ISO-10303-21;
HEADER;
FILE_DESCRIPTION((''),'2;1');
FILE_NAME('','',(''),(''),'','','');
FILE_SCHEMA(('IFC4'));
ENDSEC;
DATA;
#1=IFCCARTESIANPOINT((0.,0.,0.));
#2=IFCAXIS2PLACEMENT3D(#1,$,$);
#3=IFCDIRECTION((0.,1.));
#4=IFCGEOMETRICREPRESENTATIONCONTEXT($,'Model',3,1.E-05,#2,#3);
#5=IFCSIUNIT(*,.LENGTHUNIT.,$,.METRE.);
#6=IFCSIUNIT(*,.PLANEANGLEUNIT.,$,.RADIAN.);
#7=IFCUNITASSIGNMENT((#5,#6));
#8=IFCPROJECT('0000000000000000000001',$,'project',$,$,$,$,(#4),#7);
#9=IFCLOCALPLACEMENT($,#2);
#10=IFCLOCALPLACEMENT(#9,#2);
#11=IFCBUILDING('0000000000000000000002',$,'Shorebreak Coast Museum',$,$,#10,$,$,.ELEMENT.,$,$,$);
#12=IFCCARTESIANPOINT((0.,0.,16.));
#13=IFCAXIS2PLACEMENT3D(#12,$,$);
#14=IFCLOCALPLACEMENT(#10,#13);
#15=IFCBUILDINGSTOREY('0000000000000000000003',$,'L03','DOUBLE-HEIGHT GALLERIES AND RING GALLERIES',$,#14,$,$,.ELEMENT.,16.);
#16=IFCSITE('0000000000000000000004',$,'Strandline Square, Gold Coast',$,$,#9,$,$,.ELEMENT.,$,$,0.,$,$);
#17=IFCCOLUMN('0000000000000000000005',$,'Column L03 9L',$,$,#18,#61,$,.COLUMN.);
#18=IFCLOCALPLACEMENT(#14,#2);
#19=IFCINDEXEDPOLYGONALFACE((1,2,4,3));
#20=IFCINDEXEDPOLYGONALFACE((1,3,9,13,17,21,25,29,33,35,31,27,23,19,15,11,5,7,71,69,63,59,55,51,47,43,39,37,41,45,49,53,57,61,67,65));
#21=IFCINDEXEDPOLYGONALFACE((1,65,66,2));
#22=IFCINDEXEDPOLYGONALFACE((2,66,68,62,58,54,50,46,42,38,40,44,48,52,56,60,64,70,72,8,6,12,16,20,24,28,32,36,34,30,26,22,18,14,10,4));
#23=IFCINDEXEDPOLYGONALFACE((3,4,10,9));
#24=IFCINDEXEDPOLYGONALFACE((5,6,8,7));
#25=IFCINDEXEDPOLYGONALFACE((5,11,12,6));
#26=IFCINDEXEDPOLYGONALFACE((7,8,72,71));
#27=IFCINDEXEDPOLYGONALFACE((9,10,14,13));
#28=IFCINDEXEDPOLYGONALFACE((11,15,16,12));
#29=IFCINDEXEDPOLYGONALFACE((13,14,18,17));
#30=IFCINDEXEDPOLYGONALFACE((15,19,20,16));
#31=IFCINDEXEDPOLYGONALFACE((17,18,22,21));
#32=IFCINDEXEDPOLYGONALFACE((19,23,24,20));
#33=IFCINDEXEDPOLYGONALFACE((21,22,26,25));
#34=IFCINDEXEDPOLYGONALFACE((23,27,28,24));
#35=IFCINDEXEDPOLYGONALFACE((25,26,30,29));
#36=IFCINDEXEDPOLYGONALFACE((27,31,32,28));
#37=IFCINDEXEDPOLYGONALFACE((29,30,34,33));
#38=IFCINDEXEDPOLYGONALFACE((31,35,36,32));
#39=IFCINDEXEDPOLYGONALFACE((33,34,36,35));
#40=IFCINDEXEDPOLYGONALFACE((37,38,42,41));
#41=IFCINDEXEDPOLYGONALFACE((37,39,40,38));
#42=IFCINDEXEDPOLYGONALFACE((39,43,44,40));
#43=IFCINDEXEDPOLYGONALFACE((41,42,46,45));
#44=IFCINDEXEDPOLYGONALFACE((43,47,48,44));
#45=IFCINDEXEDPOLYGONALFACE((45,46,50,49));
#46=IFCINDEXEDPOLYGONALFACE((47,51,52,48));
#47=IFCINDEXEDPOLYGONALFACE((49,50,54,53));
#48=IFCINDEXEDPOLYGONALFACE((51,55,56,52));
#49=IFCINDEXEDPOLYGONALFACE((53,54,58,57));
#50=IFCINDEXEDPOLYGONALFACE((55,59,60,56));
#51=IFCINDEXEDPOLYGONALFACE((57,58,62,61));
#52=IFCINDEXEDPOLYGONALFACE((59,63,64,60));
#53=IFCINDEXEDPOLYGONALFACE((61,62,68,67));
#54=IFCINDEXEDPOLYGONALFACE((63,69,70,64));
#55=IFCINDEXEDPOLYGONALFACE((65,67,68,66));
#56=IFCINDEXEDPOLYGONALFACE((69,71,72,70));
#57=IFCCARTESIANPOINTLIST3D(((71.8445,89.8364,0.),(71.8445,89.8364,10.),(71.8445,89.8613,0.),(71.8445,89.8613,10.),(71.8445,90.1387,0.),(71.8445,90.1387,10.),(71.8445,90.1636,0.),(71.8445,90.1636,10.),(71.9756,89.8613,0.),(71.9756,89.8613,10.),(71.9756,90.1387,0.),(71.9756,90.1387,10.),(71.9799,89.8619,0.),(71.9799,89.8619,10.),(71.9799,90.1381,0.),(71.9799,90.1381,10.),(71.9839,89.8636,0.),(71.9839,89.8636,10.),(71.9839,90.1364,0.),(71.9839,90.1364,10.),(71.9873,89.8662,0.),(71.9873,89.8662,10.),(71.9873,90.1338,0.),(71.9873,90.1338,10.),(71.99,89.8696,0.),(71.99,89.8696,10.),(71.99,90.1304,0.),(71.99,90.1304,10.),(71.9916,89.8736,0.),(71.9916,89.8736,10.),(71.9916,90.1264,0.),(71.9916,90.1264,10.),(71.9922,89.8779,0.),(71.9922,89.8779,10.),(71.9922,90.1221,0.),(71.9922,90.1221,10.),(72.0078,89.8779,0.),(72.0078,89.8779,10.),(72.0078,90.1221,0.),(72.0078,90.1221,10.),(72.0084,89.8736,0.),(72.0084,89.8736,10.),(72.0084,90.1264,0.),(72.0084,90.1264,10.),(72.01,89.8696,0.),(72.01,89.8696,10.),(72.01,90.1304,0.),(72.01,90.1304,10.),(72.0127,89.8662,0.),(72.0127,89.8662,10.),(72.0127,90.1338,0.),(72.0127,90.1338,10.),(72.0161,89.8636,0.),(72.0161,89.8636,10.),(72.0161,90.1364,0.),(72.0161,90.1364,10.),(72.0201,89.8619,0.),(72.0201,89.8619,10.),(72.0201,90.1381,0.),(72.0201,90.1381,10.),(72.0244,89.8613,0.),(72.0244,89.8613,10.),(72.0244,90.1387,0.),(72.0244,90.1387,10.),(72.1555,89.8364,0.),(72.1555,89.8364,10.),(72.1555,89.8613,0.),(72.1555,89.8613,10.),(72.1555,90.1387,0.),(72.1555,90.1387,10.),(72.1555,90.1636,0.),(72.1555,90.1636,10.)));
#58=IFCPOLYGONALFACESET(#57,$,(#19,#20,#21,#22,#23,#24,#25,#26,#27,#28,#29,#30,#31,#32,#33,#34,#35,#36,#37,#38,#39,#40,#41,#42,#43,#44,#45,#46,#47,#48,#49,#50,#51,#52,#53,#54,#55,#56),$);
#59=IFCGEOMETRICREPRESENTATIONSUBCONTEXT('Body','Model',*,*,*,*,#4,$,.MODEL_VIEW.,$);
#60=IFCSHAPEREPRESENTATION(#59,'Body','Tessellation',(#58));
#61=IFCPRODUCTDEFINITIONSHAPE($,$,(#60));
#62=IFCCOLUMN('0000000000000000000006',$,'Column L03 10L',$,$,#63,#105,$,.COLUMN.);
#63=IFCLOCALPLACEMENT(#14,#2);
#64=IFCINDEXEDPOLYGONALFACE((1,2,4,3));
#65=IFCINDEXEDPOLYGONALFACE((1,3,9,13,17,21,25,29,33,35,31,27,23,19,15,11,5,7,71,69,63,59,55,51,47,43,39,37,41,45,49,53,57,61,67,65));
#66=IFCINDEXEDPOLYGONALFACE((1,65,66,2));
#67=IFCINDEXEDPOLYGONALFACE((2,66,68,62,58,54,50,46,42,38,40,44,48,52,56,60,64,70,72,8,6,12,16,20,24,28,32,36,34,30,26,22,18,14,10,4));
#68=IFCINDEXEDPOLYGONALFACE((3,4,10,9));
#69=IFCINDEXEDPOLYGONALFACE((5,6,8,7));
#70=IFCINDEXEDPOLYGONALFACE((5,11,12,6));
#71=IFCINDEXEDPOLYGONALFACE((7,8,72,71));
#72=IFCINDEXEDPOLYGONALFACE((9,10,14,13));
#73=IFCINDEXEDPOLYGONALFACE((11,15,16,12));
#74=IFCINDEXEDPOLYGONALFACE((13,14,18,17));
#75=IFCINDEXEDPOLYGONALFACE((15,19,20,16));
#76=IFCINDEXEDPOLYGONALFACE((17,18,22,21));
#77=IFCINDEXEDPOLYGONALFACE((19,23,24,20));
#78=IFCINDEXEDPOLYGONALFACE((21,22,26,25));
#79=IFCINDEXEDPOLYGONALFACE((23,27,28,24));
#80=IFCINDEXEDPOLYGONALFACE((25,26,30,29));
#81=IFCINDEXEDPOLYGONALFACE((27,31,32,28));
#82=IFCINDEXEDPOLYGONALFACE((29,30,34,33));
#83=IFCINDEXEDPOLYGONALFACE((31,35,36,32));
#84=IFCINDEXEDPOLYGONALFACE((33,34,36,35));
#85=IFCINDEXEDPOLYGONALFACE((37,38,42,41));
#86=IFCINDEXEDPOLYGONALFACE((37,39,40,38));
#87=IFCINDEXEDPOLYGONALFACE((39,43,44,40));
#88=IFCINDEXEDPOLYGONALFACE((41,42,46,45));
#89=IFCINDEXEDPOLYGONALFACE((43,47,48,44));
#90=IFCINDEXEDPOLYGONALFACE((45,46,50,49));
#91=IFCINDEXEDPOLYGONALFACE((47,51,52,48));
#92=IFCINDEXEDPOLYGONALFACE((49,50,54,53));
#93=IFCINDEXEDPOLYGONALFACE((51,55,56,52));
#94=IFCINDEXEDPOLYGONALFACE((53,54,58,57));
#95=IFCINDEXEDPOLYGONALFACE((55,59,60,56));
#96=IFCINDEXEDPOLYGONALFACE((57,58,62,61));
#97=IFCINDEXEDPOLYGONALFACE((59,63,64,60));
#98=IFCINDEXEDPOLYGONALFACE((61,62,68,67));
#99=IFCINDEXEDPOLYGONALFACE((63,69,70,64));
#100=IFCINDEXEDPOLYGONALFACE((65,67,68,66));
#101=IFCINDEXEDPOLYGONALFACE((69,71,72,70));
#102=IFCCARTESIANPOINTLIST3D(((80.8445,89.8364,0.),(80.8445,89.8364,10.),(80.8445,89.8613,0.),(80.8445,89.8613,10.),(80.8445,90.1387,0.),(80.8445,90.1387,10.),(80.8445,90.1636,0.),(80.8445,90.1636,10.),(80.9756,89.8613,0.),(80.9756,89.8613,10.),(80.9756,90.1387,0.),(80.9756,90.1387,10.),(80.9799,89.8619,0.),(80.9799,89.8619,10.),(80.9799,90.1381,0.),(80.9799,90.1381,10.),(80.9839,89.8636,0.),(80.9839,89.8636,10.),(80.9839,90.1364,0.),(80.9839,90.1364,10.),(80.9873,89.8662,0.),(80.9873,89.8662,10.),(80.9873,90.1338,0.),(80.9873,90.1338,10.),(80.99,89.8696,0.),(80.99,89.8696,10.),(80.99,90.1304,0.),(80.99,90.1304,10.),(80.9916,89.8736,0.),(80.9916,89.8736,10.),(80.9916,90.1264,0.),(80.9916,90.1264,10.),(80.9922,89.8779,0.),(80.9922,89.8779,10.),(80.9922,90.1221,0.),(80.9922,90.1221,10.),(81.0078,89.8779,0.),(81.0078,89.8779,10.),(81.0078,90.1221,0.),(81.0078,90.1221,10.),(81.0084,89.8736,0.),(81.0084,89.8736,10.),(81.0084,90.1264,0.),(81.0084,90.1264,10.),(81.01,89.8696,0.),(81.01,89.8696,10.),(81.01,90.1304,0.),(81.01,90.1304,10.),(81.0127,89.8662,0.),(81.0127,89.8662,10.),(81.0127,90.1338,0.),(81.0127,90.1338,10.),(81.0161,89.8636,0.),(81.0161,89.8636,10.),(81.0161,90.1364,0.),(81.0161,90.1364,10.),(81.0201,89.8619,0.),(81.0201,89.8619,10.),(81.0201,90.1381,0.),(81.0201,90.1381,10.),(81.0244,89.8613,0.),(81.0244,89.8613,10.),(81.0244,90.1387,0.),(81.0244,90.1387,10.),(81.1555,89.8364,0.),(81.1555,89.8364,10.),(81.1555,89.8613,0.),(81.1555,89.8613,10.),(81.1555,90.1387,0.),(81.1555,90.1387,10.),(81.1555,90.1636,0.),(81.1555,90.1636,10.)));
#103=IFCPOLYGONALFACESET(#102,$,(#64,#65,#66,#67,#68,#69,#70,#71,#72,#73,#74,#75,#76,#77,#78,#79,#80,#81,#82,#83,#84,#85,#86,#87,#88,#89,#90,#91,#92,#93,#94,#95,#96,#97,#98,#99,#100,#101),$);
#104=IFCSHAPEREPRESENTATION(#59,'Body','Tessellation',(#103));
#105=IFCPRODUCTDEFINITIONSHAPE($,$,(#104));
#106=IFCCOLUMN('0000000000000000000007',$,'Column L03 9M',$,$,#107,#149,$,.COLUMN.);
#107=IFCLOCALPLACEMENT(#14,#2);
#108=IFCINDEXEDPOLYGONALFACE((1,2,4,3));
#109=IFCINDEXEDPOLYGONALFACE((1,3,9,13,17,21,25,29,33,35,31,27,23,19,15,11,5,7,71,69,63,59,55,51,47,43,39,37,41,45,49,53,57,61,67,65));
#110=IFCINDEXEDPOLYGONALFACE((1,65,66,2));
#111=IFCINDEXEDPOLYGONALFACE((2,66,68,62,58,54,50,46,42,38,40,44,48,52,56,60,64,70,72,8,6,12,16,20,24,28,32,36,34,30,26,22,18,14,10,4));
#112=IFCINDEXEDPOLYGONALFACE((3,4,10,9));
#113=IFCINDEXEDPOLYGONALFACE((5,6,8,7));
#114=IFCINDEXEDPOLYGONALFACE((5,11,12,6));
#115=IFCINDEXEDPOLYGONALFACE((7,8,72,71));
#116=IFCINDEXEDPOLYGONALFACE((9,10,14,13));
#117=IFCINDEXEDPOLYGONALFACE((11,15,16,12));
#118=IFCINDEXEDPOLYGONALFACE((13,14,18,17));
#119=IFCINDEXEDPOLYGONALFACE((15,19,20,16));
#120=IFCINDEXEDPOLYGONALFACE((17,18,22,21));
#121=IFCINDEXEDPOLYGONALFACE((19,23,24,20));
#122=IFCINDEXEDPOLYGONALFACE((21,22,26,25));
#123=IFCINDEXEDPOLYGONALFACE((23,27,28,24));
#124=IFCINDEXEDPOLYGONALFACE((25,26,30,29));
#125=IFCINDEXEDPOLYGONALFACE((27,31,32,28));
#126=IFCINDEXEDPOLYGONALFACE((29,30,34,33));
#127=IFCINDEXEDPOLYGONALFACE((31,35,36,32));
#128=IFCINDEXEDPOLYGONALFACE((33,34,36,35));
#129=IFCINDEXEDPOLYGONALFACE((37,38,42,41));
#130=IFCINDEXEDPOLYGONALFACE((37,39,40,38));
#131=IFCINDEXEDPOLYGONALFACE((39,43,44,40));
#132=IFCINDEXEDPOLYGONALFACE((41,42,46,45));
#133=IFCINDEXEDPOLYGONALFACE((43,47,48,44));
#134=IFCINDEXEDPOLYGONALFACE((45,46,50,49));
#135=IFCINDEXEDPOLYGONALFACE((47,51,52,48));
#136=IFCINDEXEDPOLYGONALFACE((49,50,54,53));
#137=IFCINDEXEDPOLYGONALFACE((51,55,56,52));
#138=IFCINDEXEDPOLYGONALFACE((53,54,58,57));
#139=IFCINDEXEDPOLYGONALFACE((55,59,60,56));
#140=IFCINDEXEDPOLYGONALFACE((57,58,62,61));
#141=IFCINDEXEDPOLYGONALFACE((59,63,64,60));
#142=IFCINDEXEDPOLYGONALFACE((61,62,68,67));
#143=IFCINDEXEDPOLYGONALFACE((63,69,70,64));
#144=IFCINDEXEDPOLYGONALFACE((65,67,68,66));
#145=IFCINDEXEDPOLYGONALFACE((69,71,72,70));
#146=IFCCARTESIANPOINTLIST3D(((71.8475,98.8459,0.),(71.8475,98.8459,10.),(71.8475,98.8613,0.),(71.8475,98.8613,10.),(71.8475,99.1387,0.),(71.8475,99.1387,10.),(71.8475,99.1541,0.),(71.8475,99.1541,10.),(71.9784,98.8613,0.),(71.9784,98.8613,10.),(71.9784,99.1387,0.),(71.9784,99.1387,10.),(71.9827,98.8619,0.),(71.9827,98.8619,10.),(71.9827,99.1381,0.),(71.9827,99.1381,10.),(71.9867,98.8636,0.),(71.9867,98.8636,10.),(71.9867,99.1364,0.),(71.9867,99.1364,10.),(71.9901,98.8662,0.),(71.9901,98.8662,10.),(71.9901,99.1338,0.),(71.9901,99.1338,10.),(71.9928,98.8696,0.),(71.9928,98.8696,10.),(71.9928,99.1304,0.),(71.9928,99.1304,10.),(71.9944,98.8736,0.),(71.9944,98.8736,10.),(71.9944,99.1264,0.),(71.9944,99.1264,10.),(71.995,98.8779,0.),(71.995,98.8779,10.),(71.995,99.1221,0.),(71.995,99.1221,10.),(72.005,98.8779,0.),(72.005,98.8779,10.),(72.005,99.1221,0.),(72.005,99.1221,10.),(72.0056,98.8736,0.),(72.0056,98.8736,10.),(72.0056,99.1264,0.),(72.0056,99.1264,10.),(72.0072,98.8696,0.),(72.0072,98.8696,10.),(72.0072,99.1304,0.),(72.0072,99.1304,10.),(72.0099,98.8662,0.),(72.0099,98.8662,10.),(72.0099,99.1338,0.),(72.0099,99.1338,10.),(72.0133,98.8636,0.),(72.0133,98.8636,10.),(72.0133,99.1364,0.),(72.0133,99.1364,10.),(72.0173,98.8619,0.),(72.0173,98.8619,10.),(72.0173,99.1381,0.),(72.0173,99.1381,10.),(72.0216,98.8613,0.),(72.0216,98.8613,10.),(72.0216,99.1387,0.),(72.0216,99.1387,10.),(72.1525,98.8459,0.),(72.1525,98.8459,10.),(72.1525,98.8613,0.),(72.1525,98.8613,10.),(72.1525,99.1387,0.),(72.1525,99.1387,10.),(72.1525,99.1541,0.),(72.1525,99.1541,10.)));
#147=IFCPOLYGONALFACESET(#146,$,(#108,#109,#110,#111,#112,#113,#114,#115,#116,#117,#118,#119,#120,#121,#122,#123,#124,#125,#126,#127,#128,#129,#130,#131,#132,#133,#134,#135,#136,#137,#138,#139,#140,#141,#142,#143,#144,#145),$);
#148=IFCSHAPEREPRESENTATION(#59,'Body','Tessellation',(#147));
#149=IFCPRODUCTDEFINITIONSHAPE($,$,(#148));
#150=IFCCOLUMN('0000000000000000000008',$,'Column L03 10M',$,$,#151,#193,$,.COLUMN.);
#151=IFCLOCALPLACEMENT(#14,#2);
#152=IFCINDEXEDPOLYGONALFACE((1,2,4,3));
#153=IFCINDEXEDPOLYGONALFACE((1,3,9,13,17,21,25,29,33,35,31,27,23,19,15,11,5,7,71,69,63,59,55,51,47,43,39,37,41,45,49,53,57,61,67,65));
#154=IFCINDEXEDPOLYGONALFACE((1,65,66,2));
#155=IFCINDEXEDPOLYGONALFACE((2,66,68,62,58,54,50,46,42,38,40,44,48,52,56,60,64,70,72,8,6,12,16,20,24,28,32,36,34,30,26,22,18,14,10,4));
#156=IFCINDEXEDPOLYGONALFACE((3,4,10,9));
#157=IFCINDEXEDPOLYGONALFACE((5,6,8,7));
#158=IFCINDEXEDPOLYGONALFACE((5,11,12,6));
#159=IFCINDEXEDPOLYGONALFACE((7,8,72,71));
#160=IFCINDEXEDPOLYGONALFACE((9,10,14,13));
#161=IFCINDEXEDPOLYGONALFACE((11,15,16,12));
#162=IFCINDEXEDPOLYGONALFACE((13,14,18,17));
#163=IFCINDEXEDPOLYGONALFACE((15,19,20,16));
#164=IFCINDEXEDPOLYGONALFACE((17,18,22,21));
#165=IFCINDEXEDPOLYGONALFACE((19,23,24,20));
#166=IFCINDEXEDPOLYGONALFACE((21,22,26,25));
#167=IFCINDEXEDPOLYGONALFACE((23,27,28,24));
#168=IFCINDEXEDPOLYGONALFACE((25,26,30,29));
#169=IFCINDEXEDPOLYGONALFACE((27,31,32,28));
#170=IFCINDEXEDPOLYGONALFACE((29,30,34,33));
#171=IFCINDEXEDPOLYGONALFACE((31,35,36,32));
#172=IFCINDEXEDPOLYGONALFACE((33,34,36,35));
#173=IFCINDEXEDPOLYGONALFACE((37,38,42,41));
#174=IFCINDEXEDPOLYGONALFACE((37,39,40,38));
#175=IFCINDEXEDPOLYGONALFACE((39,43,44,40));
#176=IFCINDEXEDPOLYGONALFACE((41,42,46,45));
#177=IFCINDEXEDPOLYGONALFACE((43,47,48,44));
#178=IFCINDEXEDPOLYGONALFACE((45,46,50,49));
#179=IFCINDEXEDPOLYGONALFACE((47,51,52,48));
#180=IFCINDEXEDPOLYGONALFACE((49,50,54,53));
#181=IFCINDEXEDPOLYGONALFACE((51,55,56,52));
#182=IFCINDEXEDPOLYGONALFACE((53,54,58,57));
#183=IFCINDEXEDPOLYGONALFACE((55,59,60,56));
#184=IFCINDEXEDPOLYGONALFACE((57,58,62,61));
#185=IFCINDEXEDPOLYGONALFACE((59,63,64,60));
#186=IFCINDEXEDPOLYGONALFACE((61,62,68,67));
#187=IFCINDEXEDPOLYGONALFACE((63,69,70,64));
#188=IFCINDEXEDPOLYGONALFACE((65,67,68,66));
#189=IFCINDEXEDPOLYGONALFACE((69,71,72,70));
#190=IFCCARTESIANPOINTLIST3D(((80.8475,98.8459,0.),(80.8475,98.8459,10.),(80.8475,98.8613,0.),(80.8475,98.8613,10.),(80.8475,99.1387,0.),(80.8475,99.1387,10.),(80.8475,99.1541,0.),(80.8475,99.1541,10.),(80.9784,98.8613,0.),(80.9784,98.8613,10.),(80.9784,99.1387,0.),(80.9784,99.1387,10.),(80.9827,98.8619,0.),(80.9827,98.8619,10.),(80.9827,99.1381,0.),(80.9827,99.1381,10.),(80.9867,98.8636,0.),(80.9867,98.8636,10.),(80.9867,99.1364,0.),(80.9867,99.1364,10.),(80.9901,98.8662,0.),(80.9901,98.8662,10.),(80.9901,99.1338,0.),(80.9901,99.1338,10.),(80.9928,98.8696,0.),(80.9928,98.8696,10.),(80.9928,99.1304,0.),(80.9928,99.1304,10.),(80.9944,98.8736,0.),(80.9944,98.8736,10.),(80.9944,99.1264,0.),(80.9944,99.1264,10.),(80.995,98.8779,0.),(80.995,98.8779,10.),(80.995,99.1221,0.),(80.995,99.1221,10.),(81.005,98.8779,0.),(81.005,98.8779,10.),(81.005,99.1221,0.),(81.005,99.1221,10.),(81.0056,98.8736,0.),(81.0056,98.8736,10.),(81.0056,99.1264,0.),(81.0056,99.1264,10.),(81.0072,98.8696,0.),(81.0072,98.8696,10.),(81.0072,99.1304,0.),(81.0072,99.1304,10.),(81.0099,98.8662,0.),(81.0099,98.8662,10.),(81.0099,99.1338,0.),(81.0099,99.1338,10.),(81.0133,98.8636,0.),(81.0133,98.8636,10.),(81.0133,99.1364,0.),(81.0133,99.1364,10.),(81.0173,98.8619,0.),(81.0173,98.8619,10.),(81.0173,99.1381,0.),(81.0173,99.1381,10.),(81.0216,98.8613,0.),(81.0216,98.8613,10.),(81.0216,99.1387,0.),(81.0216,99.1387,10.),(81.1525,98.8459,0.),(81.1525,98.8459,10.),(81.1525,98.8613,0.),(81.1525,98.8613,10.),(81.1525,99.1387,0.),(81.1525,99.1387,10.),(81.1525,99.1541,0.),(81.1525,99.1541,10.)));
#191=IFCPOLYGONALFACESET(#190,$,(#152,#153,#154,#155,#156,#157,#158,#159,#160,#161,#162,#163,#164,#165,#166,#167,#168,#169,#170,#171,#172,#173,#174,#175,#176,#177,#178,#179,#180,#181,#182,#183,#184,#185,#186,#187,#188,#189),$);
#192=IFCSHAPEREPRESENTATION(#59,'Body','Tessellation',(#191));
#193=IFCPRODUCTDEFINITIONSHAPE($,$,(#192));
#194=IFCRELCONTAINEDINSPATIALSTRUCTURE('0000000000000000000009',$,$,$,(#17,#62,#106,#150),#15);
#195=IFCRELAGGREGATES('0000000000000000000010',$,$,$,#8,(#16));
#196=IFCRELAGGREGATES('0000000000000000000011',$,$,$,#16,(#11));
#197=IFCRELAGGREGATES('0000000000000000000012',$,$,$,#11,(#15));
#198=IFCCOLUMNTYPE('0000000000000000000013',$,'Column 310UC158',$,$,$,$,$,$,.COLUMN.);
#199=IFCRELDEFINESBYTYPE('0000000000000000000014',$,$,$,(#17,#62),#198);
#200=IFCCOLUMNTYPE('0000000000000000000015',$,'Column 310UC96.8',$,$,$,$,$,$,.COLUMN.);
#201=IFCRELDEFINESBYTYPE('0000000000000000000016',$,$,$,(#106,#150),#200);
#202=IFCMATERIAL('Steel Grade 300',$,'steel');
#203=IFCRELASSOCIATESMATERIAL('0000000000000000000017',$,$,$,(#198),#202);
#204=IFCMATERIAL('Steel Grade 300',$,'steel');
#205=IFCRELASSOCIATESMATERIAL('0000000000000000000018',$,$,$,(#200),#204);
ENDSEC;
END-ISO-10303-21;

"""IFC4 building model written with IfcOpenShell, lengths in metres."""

from ifc_helpers import new_model, si_unit, direction, frame, origin, origin_2d, place, context, subcontext, project, spatial, i_section, extrude, material, material_profile, profile_set, type_object, element, save


model = new_model("IFC4")

# Units and contexts
model_context = context("Model", 3, precision=1e-05, world=origin(), true_north=direction((0.0, 1.0)))
body_context = subcontext(model_context, "Body", "Model", "MODEL_VIEW")
ifc_project = project(units=[si_unit("LENGTHUNIT", "METRE"), si_unit("PLANEANGLEUNIT", "RADIAN")], contexts=[model_context])

# Site, building, storey
site_placement = place(None, origin())
site = spatial("IfcSite", under=ifc_project, at=site_placement, Name="Strandline Square, Gold Coast", CompositionType="ELEMENT", RefElevation=0.0)
building_placement = place(site_placement, origin())
building = spatial("IfcBuilding", under=site, at=building_placement, Name="Shorebreak Coast Museum", CompositionType="ELEMENT")
storey_placement = place(building_placement, frame((0.0, 0.0, 16.0)))
storey = spatial("IfcBuildingStorey", under=building, at=storey_placement, Name="L03", Description="DOUBLE-HEIGHT GALLERIES AND RING GALLERIES", CompositionType="ELEMENT", Elevation=16.0)

# Columns
ifc_material_1 = material(Name="Steel Grade 300", Category="steel")
ifc_material_profile_1 = material_profile(ifc_material_1, i_section(OverallWidth=0.311, OverallDepth=0.3271, WebThickness=0.0156, FlangeThickness=0.0249, FilletRadius=0.0166, at=origin_2d()), Name="310UC158")
ifc_profile_set_1 = profile_set([ifc_material_profile_1], Name="Steel Grade 300")
column_type_1 = type_object("IfcColumnType", Name="Column 310UC158", PredefinedType="COLUMN", material=ifc_profile_set_1)
for number, where, z_axis, x_axis, name in (
    (1, (72.0, 90.0, 0.0), (0.0, 0.0, 1.0), (1.0, 0.0, 0.0), "Column L03 9L"),
    (2, (81.0, 90.0, 0.0), (0.0, 0.0, 1.0), (1.0, 0.0, 0.0), "Column L03 10L"),
):
    element("IfcColumn", number, at=place(storey_placement, frame(where, z_axis=z_axis, x_axis=x_axis)), inside=storey, type_object=column_type_1, Name=name, PredefinedType="COLUMN", context=body_context, shape_type="SweptSolid", body=[
        extrude(i_section(OverallWidth=0.311, OverallDepth=0.3271, WebThickness=0.0156, FlangeThickness=0.0249, FilletRadius=0.0166, at=origin_2d()), origin(), (0.0, 0.0, 1.0), 10.0),
    ])
ifc_material_2 = material(Name="Steel Grade 300", Category="steel")
ifc_material_profile_2 = material_profile(ifc_material_2, i_section(OverallWidth=0.3049, OverallDepth=0.3081, WebThickness=0.01, FlangeThickness=0.0154, FilletRadius=0.0166, at=origin_2d()), Name="310UC96.8")
ifc_profile_set_2 = profile_set([ifc_material_profile_2], Name="Steel Grade 300")
column_type_2 = type_object("IfcColumnType", Name="Column 310UC96.8", PredefinedType="COLUMN", material=ifc_profile_set_2)
for number, where, z_axis, x_axis, name in (
    (3, (72.0, 99.0, 0.0), (0.0, 0.0, 1.0), (1.0, 0.0, 0.0), "Column L03 9M"),
    (4, (81.0, 99.0, 0.0), (0.0, 0.0, 1.0), (1.0, 0.0, 0.0), "Column L03 10M"),
):
    element("IfcColumn", number, at=place(storey_placement, frame(where, z_axis=z_axis, x_axis=x_axis)), inside=storey, type_object=column_type_2, Name=name, PredefinedType="COLUMN", context=body_context, shape_type="SweptSolid", body=[
        extrude(i_section(OverallWidth=0.3049, OverallDepth=0.3081, WebThickness=0.01, FlangeThickness=0.0154, FilletRadius=0.0166, at=origin_2d()), origin(), (0.0, 0.0, 1.0), 10.0),
    ])

save(model, "model.ifc")
